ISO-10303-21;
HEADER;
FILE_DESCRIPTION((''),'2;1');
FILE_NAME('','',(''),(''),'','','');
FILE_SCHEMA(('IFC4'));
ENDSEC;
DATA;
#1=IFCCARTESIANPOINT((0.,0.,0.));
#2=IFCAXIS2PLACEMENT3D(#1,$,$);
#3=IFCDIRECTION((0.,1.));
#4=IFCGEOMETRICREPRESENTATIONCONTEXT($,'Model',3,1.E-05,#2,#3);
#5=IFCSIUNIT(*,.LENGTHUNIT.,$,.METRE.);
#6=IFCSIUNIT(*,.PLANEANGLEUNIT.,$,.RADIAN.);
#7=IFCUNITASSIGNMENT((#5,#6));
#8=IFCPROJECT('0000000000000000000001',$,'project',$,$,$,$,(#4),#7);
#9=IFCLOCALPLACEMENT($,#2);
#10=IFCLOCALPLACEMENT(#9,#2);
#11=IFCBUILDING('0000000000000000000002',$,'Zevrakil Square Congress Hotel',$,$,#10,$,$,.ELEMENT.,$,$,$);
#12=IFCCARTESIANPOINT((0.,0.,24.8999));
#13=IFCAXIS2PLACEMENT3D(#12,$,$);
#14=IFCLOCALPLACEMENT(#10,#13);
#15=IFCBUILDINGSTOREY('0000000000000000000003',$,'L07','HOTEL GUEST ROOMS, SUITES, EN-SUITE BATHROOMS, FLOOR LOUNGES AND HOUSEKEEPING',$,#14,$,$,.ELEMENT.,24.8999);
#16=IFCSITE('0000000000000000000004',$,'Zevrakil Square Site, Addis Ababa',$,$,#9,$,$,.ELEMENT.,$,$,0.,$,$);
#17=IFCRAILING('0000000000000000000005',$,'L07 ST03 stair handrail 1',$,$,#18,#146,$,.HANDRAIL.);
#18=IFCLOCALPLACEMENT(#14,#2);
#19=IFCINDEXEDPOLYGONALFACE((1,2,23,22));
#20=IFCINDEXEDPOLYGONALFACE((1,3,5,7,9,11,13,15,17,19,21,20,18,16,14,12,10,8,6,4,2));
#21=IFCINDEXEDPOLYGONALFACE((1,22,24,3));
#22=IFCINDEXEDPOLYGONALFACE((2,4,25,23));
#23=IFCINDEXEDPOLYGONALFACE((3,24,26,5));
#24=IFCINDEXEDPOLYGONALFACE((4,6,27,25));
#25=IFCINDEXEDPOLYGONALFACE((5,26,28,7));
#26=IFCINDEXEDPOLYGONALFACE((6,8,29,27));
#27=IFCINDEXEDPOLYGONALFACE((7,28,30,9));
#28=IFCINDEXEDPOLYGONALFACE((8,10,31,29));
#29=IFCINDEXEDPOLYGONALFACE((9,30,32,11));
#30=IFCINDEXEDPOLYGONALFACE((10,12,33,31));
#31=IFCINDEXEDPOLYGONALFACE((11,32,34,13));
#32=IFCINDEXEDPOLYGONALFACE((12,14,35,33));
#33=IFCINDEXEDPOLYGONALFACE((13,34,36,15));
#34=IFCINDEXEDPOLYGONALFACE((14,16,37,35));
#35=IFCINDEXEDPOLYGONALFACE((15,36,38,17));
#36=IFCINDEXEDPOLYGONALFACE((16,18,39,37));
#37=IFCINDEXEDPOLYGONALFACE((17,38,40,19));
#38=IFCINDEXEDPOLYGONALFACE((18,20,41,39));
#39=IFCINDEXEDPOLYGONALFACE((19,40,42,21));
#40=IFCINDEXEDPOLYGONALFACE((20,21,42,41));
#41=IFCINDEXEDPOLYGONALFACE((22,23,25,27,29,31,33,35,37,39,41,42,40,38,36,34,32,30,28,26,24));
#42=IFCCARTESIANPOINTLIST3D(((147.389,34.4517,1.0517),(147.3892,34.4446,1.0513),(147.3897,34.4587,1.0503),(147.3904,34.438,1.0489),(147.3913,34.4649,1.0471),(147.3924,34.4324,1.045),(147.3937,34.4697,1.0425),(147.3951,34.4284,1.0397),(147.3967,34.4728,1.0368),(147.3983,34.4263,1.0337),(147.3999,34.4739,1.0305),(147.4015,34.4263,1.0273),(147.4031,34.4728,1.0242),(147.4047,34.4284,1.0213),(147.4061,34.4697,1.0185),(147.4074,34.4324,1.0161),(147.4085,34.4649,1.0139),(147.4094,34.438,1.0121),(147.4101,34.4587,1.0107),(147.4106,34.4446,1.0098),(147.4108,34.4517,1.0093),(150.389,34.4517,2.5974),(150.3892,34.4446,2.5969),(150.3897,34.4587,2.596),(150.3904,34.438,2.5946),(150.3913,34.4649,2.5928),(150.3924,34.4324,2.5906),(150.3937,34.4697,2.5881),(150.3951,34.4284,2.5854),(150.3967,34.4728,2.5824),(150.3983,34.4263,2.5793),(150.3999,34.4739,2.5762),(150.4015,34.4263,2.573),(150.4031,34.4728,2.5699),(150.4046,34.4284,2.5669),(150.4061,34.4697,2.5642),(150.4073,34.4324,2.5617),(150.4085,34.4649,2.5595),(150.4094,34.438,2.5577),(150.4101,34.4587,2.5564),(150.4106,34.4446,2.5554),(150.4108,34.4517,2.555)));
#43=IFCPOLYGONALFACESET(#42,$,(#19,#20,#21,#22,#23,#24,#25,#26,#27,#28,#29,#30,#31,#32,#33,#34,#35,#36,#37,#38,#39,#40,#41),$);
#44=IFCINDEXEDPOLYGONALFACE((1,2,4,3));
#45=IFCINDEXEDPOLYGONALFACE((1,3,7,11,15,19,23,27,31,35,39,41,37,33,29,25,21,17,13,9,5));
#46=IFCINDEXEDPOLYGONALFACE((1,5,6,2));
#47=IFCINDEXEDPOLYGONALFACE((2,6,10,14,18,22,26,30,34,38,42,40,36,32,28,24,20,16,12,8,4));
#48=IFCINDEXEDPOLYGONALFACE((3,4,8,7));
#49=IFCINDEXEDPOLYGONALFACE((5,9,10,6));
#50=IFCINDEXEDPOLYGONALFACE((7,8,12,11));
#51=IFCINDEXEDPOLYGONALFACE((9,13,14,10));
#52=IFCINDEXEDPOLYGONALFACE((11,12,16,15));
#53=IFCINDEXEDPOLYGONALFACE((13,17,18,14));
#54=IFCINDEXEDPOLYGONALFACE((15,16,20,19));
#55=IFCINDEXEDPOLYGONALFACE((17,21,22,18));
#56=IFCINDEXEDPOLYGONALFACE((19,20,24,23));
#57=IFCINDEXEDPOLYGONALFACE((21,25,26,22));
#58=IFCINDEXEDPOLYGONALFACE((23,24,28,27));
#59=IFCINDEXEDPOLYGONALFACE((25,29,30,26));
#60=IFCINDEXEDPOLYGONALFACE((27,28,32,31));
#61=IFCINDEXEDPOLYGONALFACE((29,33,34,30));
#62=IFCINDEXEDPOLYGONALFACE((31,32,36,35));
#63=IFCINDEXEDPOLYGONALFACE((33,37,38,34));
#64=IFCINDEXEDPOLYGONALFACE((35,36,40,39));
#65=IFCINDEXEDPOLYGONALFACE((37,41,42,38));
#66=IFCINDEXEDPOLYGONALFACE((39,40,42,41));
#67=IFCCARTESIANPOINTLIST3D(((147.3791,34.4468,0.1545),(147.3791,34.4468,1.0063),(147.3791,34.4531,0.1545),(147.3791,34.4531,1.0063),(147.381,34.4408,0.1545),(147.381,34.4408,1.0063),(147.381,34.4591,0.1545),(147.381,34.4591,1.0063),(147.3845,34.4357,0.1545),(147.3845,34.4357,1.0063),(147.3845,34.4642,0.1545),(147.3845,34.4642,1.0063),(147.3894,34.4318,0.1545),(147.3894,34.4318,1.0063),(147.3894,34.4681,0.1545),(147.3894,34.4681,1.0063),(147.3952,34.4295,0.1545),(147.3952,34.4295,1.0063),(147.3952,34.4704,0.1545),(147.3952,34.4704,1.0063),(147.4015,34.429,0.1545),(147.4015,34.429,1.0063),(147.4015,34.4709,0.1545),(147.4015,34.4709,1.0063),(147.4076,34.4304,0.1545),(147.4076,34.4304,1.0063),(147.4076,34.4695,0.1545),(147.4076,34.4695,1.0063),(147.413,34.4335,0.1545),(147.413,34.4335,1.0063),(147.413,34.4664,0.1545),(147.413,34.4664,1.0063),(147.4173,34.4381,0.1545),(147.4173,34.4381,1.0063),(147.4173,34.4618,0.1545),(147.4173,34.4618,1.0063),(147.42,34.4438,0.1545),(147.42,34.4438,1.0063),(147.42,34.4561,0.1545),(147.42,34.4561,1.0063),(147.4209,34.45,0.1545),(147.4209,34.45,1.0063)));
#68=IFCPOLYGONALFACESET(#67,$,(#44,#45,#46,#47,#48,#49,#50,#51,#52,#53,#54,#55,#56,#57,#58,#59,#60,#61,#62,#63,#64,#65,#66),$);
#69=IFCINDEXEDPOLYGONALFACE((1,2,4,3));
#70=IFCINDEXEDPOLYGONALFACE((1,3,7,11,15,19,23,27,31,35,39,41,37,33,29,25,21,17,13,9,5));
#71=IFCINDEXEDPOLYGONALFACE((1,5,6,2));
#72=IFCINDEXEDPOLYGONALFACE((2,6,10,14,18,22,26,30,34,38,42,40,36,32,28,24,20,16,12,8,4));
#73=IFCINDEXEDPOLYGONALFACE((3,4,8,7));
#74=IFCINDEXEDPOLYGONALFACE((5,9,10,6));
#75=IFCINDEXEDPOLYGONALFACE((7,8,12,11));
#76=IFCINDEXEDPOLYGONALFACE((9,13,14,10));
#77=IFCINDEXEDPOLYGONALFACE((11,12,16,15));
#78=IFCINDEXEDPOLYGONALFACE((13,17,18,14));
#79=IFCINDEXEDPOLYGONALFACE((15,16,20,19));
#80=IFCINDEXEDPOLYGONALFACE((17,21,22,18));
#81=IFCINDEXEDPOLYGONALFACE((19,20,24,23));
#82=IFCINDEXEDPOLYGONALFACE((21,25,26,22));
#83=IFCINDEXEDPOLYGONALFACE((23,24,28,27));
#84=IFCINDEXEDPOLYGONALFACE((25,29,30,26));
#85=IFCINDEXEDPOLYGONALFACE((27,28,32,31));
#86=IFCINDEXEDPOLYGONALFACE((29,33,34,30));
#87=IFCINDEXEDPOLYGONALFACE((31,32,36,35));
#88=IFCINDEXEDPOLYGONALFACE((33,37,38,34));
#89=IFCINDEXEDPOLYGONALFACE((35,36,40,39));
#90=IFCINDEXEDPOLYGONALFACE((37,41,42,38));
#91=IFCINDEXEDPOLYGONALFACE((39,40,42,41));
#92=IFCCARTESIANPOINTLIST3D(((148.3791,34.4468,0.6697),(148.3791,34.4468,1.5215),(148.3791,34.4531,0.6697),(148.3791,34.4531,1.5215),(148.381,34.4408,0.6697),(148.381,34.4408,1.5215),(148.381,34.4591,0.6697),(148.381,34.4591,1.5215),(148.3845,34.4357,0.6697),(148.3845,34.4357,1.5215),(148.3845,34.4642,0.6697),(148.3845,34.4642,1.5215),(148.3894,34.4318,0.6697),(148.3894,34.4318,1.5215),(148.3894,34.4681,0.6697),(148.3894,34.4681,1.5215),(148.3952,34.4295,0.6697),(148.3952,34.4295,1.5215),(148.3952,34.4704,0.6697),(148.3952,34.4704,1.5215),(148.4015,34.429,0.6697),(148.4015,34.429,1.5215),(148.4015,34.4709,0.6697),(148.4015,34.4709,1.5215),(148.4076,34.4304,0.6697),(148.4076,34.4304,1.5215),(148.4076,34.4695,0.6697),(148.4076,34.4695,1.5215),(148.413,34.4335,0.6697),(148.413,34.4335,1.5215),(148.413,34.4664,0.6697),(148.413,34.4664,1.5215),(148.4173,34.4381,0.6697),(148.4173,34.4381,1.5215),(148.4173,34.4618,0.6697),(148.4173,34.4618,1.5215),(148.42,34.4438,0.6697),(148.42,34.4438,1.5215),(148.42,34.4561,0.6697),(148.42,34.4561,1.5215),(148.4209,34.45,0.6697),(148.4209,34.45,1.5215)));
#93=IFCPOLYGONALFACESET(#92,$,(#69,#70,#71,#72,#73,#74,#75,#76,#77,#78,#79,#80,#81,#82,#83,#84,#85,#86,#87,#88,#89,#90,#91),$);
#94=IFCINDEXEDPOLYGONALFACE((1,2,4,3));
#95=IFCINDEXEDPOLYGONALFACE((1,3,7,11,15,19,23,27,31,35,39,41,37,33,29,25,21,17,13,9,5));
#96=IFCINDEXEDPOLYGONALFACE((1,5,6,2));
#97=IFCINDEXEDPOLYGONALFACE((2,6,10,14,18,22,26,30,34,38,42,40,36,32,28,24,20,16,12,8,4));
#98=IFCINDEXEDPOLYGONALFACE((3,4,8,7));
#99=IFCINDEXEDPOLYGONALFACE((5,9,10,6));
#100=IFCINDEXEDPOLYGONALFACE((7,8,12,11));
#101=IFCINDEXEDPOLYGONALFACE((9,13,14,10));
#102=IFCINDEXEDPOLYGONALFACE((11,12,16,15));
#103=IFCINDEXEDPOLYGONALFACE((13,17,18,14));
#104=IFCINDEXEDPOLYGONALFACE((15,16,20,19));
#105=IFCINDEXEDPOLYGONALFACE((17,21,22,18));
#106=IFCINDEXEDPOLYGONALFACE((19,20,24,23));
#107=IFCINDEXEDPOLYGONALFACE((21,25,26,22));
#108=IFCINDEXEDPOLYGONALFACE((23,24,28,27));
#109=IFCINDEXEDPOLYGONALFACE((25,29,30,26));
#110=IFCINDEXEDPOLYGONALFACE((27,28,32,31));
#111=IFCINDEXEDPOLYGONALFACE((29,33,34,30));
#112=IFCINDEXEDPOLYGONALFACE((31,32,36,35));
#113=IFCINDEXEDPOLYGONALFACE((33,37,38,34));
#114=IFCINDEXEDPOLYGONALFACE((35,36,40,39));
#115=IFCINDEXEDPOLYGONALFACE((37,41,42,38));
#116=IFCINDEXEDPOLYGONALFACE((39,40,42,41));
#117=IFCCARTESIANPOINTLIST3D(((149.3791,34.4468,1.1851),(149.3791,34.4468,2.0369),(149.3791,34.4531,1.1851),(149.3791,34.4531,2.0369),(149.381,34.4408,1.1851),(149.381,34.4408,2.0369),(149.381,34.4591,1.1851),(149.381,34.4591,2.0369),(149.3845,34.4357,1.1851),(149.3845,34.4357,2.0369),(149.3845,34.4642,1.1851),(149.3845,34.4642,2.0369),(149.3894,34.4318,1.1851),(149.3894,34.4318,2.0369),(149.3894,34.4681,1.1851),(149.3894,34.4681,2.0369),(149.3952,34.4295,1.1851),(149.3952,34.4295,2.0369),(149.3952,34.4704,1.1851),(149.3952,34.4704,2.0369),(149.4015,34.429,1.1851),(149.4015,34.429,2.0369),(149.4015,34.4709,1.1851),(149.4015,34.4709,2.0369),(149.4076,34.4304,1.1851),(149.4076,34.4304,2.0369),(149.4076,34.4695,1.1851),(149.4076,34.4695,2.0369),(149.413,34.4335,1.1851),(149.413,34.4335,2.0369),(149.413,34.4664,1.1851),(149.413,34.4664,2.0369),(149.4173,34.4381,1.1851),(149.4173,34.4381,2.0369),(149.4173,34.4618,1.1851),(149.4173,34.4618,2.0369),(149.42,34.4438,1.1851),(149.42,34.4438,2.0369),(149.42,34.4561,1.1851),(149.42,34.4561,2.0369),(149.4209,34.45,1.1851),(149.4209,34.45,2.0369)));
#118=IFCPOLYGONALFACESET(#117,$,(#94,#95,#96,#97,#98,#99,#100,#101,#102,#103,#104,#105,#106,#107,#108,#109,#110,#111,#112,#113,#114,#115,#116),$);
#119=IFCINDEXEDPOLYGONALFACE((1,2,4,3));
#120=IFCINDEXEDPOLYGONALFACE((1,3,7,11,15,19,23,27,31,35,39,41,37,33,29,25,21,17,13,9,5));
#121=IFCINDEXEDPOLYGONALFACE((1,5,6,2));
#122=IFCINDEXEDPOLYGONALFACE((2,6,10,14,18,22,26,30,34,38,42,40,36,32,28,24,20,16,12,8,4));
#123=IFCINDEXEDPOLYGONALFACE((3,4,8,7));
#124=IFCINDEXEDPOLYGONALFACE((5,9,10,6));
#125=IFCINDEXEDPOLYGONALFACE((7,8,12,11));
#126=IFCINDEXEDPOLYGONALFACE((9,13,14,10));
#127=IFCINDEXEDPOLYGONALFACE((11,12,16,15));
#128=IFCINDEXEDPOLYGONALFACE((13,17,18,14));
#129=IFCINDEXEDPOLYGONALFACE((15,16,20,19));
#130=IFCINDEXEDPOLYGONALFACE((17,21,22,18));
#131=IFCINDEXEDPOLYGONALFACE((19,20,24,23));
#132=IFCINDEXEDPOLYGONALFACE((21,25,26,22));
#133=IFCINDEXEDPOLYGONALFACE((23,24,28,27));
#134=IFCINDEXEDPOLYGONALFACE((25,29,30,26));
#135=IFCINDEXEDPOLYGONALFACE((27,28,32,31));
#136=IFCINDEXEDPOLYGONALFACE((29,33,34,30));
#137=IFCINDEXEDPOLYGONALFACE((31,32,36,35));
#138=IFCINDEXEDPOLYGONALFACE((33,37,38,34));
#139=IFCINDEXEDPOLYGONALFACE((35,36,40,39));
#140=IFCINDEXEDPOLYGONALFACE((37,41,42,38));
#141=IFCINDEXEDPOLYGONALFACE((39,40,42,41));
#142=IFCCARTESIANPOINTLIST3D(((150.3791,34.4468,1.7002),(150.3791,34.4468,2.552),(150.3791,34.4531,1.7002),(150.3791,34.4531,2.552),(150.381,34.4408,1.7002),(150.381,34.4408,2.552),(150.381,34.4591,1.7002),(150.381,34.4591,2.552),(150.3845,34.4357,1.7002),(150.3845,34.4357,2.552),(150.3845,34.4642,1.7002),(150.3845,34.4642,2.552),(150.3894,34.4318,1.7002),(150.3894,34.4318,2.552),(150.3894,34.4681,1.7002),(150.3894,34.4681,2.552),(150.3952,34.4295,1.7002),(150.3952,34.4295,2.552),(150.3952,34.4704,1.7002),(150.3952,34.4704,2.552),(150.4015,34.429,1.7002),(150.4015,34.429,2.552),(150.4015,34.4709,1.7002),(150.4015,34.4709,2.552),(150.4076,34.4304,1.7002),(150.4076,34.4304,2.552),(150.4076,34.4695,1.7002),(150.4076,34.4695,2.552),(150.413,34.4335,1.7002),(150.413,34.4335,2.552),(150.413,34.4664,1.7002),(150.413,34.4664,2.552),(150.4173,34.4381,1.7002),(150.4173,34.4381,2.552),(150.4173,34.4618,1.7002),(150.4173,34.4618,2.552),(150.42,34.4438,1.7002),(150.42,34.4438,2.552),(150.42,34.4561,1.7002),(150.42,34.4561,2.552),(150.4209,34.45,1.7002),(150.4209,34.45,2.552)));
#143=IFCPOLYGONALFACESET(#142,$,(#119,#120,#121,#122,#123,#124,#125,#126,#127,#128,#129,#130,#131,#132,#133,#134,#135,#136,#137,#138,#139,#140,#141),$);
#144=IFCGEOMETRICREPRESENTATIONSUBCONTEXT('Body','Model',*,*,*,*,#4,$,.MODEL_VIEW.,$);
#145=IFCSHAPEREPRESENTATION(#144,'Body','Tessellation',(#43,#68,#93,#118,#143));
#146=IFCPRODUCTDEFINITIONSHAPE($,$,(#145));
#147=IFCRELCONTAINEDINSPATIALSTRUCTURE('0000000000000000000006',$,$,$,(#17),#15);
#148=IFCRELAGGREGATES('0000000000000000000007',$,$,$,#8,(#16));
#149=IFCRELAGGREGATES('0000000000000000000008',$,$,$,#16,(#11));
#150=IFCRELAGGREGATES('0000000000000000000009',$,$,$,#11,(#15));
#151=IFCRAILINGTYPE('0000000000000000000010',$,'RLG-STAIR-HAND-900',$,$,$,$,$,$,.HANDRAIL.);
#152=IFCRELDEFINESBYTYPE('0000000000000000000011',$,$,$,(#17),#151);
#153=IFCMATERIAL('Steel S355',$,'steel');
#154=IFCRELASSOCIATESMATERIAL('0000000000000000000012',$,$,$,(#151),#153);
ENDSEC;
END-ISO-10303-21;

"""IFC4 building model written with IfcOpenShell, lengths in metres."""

from ifc_helpers import new_model, si_unit, direction, frame, origin, origin_2d, place, context, subcontext, project, spatial, circle, extrude, material, type_object, element, save


model = new_model("IFC4")

# Units and contexts
model_context = context("Model", 3, precision=1e-05, world=origin(), true_north=direction((0.0, 1.0)))
body_context = subcontext(model_context, "Body", "Model", "MODEL_VIEW")
ifc_project = project(units=[si_unit("LENGTHUNIT", "METRE"), si_unit("PLANEANGLEUNIT", "RADIAN")], contexts=[model_context])

# Site, building, storey
site_placement = place(None, origin())
site = spatial("IfcSite", under=ifc_project, at=site_placement, Name="Zevrakil Square Site, Addis Ababa", CompositionType="ELEMENT", RefElevation=0.0)
building_placement = place(site_placement, origin())
building = spatial("IfcBuilding", under=site, at=building_placement, Name="Zevrakil Square Congress Hotel", CompositionType="ELEMENT")
storey_placement = place(building_placement, frame((0.0, 0.0, 24.8999)))
storey = spatial("IfcBuildingStorey", under=building, at=storey_placement, Name="L07", Description="HOTEL GUEST ROOMS, SUITES, EN-SUITE BATHROOMS, FLOOR LOUNGES AND HOUSEKEEPING", CompositionType="ELEMENT", Elevation=24.8999)

# Railing
ifc_material_1 = material(Name="Steel S355", Category="steel")
railing_type_1 = type_object("IfcRailingType", Name="RLG-STAIR-HAND-900", PredefinedType="HANDRAIL", material=ifc_material_1)
railing_1_placement = place(storey_placement, frame((147.3999, 34.45, 0.1545)))
element("IfcRailing", 1, at=railing_1_placement, inside=storey, type_object=railing_type_1, Name="L07 ST03 stair handrail 1", PredefinedType="HANDRAIL", context=body_context, shape_type="SweptSolid", body=[
    extrude(circle(Radius=0.0239, at=origin_2d()), frame((0.0, 0.0, 0.876), z_axis=(0.88895, 0.0, 0.458003), x_axis=(0.0, 1.0, 0.0)), (0.0, 0.0, 1.0), 3.3748),
    extrude(circle(Radius=0.021, at=origin_2d()), origin(), (0.0, 0.0, 1.0), 0.8518),
    extrude(circle(Radius=0.021, at=origin_2d()), frame((1.0, 0.0, 0.5151)), (0.0, 0.0, 1.0), 0.8518),
    extrude(circle(Radius=0.021, at=origin_2d()), frame((2.0, 0.0, 1.0305)), (0.0, 0.0, 1.0), 0.8518),
    extrude(circle(Radius=0.021, at=origin_2d()), frame((3.0, 0.0, 1.5457)), (0.0, 0.0, 1.0), 0.8518),
])

save(model, "model.ifc")
